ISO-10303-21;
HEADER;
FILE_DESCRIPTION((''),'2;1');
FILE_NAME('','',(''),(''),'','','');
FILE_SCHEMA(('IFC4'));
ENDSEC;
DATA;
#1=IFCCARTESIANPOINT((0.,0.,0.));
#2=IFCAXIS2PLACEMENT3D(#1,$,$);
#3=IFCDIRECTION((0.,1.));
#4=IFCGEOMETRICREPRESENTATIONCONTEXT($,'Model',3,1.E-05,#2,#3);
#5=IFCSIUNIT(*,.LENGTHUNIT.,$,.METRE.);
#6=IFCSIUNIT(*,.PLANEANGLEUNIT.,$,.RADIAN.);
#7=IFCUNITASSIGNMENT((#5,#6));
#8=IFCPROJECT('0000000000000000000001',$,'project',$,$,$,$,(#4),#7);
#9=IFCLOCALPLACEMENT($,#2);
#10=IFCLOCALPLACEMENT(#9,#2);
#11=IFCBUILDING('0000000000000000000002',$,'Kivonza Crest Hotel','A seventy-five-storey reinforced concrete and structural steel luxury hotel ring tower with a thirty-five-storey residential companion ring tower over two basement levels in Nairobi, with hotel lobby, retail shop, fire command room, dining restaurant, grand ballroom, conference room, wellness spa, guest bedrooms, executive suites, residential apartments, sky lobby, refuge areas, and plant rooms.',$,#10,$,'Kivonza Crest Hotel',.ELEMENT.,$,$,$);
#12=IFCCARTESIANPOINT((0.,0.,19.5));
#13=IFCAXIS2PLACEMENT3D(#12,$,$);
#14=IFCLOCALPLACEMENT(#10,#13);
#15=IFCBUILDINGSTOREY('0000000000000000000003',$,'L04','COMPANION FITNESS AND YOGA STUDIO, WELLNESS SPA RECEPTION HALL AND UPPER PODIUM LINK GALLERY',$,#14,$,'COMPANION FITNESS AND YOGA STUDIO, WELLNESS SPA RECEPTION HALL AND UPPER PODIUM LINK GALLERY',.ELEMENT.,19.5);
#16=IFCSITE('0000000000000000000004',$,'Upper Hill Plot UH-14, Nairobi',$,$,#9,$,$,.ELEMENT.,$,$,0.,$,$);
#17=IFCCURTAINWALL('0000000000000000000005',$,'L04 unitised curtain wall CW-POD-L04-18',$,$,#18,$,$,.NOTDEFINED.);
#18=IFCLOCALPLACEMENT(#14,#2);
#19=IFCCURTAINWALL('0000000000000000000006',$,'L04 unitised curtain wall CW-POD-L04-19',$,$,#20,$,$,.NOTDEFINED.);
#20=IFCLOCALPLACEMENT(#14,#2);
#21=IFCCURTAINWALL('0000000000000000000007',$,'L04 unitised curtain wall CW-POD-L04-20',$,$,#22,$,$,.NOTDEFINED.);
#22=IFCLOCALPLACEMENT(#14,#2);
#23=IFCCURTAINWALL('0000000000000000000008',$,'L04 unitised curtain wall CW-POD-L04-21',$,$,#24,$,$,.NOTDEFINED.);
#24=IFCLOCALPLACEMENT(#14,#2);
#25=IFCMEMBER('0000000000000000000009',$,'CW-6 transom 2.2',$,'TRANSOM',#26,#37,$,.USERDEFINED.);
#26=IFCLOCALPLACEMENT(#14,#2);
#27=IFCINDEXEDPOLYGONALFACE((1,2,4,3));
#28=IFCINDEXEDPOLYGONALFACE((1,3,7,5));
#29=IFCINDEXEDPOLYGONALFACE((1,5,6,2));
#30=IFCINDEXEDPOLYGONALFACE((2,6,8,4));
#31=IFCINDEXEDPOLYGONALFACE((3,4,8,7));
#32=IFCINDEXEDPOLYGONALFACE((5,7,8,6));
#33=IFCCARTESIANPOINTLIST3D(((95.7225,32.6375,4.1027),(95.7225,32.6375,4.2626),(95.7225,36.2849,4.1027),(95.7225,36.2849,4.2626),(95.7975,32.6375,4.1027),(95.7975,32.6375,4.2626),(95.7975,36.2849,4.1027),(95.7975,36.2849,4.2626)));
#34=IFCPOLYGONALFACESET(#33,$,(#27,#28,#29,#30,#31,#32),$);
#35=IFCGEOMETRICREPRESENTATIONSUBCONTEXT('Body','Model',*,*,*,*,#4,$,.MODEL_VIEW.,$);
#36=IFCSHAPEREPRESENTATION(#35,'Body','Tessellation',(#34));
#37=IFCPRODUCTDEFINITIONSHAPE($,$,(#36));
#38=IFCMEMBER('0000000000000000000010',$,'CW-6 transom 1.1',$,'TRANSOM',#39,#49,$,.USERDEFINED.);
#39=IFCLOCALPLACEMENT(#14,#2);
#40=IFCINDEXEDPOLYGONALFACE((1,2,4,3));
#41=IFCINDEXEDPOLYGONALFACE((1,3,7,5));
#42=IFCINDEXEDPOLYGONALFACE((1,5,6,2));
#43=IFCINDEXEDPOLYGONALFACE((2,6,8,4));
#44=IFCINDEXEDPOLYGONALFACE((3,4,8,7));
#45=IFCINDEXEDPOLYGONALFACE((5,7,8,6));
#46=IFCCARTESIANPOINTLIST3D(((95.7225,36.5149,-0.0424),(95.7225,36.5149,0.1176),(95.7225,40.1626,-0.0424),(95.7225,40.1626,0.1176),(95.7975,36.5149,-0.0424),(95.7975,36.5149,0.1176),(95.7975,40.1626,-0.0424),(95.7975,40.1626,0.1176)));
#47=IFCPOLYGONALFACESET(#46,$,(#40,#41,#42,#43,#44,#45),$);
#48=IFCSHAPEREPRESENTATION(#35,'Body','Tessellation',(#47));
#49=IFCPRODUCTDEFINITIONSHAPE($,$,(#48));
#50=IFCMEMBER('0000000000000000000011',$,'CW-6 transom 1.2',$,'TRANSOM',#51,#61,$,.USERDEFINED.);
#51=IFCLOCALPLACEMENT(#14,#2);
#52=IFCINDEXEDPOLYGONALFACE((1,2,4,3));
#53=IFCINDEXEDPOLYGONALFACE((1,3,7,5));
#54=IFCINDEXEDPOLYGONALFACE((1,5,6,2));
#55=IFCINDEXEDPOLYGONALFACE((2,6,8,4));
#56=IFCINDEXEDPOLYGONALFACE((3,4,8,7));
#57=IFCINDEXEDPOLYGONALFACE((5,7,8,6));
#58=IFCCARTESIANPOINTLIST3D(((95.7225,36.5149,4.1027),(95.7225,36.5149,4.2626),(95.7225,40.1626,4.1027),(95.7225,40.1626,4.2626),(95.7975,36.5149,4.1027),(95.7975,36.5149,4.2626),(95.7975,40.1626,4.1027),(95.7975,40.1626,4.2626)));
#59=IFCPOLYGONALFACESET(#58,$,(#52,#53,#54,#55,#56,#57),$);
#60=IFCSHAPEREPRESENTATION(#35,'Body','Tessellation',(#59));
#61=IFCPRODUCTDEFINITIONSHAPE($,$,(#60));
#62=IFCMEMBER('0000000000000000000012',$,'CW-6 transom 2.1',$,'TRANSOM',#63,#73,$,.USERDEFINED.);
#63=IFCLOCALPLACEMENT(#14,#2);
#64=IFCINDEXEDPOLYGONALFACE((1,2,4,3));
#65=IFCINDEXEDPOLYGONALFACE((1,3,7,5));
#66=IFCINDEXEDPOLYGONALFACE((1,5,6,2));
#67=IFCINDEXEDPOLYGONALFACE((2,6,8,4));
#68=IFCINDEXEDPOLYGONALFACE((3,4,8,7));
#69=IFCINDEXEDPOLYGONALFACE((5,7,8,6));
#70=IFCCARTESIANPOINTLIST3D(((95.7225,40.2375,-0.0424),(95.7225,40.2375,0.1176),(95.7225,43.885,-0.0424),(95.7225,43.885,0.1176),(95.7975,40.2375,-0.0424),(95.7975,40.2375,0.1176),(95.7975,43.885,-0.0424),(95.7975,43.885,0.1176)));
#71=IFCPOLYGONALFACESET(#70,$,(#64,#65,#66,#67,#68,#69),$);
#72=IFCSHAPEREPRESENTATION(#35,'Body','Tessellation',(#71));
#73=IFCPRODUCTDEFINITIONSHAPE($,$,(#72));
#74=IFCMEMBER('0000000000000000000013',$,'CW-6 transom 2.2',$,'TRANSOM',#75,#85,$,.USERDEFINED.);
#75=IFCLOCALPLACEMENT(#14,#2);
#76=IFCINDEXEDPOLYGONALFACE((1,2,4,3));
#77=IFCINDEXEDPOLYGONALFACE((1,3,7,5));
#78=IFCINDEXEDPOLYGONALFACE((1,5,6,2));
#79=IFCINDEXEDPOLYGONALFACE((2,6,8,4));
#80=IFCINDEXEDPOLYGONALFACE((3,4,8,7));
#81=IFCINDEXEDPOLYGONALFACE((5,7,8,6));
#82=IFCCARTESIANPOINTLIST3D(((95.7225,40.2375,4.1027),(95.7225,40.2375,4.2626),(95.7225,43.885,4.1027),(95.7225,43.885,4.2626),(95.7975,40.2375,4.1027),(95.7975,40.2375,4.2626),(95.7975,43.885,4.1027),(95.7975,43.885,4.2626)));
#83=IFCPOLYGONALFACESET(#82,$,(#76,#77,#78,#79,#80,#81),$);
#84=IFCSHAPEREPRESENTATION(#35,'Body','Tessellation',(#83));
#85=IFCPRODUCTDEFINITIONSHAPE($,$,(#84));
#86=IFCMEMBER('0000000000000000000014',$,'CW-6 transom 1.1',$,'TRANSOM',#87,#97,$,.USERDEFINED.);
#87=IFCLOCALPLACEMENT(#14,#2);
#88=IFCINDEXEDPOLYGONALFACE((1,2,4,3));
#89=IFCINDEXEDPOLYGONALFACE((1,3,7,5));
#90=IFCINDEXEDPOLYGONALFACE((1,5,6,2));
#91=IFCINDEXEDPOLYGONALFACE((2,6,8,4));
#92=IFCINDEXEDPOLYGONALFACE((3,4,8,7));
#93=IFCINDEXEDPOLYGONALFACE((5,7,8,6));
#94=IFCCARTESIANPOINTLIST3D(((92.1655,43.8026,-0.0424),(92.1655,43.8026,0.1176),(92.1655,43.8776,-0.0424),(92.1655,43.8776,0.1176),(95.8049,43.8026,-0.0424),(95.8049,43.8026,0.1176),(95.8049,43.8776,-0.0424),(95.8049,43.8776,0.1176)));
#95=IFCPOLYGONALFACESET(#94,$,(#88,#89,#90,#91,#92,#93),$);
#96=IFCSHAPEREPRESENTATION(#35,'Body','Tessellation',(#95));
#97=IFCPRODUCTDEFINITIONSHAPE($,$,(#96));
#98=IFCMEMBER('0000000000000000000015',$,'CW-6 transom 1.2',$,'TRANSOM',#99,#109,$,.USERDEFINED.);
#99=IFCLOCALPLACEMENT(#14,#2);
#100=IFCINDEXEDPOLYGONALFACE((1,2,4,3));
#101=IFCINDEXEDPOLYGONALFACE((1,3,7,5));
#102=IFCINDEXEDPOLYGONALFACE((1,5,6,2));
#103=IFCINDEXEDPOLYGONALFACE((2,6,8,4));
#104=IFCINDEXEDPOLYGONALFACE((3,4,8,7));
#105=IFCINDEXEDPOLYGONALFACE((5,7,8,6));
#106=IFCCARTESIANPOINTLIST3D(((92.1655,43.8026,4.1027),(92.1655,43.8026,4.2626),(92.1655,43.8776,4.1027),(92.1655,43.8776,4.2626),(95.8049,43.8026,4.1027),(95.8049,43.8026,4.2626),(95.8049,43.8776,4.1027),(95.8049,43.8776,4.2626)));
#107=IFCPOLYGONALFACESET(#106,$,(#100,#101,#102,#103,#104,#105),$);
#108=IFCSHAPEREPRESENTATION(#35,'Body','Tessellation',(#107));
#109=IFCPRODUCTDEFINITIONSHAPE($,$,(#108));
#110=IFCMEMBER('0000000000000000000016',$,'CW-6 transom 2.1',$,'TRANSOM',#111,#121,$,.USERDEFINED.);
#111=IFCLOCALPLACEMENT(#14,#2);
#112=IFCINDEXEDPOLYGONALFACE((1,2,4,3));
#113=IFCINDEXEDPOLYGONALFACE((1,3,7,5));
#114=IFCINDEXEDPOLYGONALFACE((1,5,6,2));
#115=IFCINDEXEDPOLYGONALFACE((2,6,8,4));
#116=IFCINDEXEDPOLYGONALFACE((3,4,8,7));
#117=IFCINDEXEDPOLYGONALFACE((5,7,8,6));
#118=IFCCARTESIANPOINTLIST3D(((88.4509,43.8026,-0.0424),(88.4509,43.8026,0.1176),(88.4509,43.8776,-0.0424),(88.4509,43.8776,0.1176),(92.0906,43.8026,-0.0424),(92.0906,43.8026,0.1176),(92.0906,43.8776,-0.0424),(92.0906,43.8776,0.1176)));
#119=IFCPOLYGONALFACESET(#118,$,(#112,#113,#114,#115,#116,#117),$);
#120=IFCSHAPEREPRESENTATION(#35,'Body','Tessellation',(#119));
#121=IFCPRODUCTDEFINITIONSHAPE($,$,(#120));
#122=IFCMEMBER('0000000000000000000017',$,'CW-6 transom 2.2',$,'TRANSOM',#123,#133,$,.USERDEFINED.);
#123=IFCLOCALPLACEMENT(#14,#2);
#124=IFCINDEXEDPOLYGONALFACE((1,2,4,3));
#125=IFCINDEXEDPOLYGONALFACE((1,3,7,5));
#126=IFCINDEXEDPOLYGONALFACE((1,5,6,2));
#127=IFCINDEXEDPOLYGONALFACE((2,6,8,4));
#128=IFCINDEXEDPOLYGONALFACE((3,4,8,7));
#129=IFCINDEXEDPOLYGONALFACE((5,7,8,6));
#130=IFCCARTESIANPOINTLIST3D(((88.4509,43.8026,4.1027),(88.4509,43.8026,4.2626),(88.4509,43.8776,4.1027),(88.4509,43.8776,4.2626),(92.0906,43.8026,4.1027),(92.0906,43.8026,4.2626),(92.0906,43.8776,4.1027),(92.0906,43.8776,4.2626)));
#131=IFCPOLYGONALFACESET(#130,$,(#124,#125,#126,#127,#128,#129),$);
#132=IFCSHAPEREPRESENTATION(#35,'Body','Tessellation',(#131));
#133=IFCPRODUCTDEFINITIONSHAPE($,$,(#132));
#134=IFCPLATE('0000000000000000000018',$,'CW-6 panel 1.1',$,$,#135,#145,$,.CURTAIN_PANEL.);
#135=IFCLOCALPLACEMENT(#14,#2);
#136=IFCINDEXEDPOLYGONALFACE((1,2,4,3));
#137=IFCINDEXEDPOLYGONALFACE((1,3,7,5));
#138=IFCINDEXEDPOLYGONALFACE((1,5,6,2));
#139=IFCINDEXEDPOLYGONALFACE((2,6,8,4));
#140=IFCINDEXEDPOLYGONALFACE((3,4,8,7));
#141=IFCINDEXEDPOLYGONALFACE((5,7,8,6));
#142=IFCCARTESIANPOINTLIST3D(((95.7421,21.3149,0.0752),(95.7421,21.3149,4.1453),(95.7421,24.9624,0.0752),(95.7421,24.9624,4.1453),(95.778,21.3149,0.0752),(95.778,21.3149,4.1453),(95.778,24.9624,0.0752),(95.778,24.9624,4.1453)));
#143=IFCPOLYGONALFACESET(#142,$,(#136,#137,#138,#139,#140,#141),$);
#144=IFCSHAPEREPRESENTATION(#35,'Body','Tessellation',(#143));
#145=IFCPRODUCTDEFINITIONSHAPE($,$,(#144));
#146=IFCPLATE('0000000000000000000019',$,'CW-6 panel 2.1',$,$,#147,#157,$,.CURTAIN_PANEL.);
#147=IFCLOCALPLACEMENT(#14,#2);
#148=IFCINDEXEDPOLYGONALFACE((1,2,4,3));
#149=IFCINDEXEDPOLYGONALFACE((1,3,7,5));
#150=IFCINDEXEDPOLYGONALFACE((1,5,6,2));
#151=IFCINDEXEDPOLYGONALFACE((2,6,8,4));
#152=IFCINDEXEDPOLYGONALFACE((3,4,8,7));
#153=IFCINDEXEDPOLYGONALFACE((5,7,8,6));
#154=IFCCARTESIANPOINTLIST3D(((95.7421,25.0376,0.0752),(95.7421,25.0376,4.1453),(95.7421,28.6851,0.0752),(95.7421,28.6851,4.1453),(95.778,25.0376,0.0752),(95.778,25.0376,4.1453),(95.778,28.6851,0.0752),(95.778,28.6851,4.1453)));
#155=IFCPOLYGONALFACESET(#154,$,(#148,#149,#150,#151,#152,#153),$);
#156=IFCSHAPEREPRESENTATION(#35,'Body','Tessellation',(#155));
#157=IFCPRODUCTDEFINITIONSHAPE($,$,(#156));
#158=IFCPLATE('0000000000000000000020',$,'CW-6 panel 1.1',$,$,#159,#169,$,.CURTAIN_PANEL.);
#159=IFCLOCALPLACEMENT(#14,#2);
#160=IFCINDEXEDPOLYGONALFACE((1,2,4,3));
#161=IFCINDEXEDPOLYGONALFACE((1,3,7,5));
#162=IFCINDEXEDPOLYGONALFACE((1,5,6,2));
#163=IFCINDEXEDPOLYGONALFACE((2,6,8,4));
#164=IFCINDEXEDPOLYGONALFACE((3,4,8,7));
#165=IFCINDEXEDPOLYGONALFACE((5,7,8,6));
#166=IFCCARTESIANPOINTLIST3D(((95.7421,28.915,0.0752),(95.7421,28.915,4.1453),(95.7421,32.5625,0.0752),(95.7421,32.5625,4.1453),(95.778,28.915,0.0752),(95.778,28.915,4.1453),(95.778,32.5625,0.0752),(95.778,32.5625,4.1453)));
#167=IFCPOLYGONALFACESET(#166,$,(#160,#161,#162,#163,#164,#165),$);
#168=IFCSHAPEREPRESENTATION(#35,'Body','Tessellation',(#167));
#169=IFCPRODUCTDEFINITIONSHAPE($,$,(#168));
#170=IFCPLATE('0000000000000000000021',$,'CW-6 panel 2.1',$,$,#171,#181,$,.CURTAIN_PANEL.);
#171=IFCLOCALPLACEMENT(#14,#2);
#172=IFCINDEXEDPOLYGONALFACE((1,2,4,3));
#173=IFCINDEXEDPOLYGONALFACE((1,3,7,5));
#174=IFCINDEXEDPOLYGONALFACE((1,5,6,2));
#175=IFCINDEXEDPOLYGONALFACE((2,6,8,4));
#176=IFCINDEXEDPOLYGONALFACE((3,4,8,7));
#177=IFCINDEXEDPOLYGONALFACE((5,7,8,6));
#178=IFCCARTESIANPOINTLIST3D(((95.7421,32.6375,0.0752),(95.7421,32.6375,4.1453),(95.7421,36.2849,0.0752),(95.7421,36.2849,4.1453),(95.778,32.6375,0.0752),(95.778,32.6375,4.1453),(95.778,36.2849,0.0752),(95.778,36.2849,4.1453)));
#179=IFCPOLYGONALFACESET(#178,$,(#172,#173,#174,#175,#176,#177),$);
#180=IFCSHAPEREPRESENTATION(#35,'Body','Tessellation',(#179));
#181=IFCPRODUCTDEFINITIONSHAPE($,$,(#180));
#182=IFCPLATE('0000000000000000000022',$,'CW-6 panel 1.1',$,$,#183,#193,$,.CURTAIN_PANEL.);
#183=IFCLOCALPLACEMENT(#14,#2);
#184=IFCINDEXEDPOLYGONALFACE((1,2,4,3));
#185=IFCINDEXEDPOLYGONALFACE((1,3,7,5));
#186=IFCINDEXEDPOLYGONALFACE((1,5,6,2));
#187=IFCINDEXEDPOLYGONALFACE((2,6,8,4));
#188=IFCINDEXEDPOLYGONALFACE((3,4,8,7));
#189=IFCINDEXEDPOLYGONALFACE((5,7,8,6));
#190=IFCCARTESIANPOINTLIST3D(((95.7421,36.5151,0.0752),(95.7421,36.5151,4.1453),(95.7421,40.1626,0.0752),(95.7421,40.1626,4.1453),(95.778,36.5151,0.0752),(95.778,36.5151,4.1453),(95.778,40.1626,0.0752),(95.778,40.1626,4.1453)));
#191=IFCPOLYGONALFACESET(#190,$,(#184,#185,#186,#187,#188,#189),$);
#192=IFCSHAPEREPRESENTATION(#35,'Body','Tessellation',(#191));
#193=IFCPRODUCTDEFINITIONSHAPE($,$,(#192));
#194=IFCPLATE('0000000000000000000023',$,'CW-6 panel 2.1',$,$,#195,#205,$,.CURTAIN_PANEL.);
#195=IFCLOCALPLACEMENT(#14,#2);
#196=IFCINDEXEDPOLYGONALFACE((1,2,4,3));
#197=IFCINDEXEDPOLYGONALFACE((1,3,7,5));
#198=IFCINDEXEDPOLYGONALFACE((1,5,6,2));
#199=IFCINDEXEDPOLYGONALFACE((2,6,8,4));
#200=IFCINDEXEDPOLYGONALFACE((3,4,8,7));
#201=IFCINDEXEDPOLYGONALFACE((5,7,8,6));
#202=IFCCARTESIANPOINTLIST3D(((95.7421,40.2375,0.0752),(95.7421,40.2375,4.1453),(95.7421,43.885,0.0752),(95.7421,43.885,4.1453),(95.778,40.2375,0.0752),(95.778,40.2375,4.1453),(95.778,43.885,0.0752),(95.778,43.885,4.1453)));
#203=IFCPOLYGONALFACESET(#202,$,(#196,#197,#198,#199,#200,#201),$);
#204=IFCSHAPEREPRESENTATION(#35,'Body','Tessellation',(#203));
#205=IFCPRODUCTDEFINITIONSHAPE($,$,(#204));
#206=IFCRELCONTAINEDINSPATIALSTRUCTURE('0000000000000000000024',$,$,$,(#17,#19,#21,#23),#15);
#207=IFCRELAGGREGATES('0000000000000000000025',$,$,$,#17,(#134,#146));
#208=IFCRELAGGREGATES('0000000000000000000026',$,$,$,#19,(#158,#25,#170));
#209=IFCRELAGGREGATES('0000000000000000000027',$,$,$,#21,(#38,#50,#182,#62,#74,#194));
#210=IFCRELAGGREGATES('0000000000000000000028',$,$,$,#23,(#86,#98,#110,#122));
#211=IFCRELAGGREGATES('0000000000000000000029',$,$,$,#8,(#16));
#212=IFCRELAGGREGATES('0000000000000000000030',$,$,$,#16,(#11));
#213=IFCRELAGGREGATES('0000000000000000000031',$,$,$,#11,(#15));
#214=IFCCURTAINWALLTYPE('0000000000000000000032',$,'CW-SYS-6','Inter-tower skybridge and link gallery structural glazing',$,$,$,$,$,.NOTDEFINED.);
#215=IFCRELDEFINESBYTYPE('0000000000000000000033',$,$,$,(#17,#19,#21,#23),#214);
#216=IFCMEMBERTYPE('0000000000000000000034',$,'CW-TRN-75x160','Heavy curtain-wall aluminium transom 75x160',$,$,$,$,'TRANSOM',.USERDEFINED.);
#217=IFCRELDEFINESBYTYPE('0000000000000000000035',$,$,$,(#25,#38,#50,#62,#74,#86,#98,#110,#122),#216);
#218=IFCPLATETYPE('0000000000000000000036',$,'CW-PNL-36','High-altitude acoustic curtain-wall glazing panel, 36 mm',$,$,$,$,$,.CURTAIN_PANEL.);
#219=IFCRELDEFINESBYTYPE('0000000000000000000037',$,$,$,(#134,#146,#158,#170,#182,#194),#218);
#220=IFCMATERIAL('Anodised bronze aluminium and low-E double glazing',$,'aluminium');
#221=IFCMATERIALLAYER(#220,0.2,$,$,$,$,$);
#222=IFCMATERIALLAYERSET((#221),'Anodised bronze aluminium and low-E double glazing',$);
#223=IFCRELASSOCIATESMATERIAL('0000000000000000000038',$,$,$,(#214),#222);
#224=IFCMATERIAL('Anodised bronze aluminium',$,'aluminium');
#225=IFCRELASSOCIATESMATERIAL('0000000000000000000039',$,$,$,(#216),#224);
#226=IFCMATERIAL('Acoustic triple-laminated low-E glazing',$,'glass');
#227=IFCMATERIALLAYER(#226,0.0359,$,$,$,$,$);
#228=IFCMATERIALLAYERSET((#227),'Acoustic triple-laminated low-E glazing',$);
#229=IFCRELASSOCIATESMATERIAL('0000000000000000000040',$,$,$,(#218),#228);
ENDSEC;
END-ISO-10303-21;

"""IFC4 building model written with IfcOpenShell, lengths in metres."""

from ifc_helpers import new_model, si_unit, direction, frame, origin, origin_2d, place, context, subcontext, project, spatial, rectangle, extrude, material, layer, layer_set, material_profile, profile_set, type_object, element, aggregate, save


model = new_model("IFC4")

# Units and contexts
model_context = context("Model", 3, precision=1e-05, world=origin(), true_north=direction((0.0, 1.0)))
body_context = subcontext(model_context, "Body", "Model", "MODEL_VIEW")
ifc_project = project(units=[si_unit("LENGTHUNIT", "METRE"), si_unit("PLANEANGLEUNIT", "RADIAN")], contexts=[model_context])

# Site, building, storey
site_placement = place(None, origin())
site = spatial("IfcSite", under=ifc_project, at=site_placement, Name="Upper Hill Plot UH-14, Nairobi", CompositionType="ELEMENT", RefElevation=0.0)
building_placement = place(site_placement, origin())
building = spatial("IfcBuilding", under=site, at=building_placement, Name="Kivonza Crest Hotel", Description="A seventy-five-storey reinforced concrete and structural steel luxury hotel ring tower with a thirty-five-storey residential companion ring tower over two basement levels in Nairobi, with hotel lobby, retail shop, fire command room, dining restaurant, grand ballroom, conference room, wellness spa, guest bedrooms, executive suites, residential apartments, sky lobby, refuge areas, and plant rooms.", LongName="Kivonza Crest Hotel", CompositionType="ELEMENT")
storey_placement = place(building_placement, frame((0.0, 0.0, 19.5)))
storey = spatial("IfcBuildingStorey", under=building, at=storey_placement, Name="L04", Description="COMPANION FITNESS AND YOGA STUDIO, WELLNESS SPA RECEPTION HALL AND UPPER PODIUM LINK GALLERY", LongName="COMPANION FITNESS AND YOGA STUDIO, WELLNESS SPA RECEPTION HALL AND UPPER PODIUM LINK GALLERY", CompositionType="ELEMENT", Elevation=19.5)

# Curtain walls
ifc_material_1 = material(Name="Anodised bronze aluminium and low-E double glazing", Category="aluminium")
ifc_layer_1 = layer(ifc_material_1, 0.2)
ifc_layer_set_1 = layer_set([ifc_layer_1], Name="Anodised bronze aluminium and low-E double glazing")
curtain_wall_type = type_object("IfcCurtainWallType", Name="CW-SYS-6", Description="Inter-tower skybridge and link gallery structural glazing", PredefinedType="NOTDEFINED", material=ifc_layer_set_1)
curtain_wall_1_placement = place(storey_placement, origin())
curtain_wall_1 = element("IfcCurtainWall", 1, at=curtain_wall_1_placement, inside=storey, type_object=curtain_wall_type, Name="L04 unitised curtain wall CW-POD-L04-18", PredefinedType="NOTDEFINED")
ifc_material_2 = material(Name="Anodised bronze aluminium", Category="aluminium")
curtain_wall_2_placement = place(storey_placement, origin())
curtain_wall_2 = element("IfcCurtainWall", 2, at=curtain_wall_2_placement, inside=storey, type_object=curtain_wall_type, Name="L04 unitised curtain wall CW-POD-L04-19", PredefinedType="NOTDEFINED")
curtain_wall_3_placement = place(storey_placement, origin())
curtain_wall_3 = element("IfcCurtainWall", 3, at=curtain_wall_3_placement, inside=storey, type_object=curtain_wall_type, Name="L04 unitised curtain wall CW-POD-L04-20", PredefinedType="NOTDEFINED")
curtain_wall_4_placement = place(storey_placement, origin())
curtain_wall_4 = element("IfcCurtainWall", 4, at=curtain_wall_4_placement, inside=storey, type_object=curtain_wall_type, Name="L04 unitised curtain wall CW-POD-L04-21", PredefinedType="NOTDEFINED")

# Members
ifc_material_profile_1 = material_profile(ifc_material_2, rectangle(XDim=0.075, YDim=0.1599, at=origin_2d()), Name="CW-T 75x160")
ifc_profile_set_1 = profile_set([ifc_material_profile_1], Name="Anodised bronze aluminium")
member_type_1 = type_object("IfcMemberType", Name="CW-TRN-75x160", Description="Heavy curtain-wall aluminium transom 75x160", ElementType="TRANSOM", PredefinedType="USERDEFINED", material=ifc_profile_set_1)
member_1_placement = place(storey_placement, frame((95.76, 32.6375, 4.1826), z_axis=(0.0, 1.0, 0.0), x_axis=(-1.0, 0.0, 0.0)))
member_1 = element("IfcMember", 5, at=member_1_placement, type_object=member_type_1, Name="CW-6 transom 2.2", ObjectType="TRANSOM", PredefinedType="USERDEFINED", context=body_context, shape_type="SweptSolid", body=[
    extrude(rectangle(XDim=0.075, YDim=0.1599, at=origin_2d()), origin(), (0.0, 0.0, 1.0), 3.6475),
])
member_2_placement = place(storey_placement, frame((95.76, 36.5149, 0.0376), z_axis=(0.0, 1.0, 0.0), x_axis=(-1.0, 0.0, 0.0)))
member_2 = element("IfcMember", 6, at=member_2_placement, type_object=member_type_1, Name="CW-6 transom 1.1", ObjectType="TRANSOM", PredefinedType="USERDEFINED", context=body_context, shape_type="SweptSolid", body=[
    extrude(rectangle(XDim=0.075, YDim=0.1599, at=origin_2d()), origin(), (0.0, 0.0, 1.0), 3.6477),
])
member_3_placement = place(storey_placement, frame((95.76, 36.5149, 4.1826), z_axis=(0.0, 1.0, 0.0), x_axis=(-1.0, 0.0, 0.0)))
member_3 = element("IfcMember", 7, at=member_3_placement, type_object=member_type_1, Name="CW-6 transom 1.2", ObjectType="TRANSOM", PredefinedType="USERDEFINED", context=body_context, shape_type="SweptSolid", body=[
    extrude(rectangle(XDim=0.075, YDim=0.1599, at=origin_2d()), origin(), (0.0, 0.0, 1.0), 3.6477),
])
member_4_placement = place(storey_placement, frame((95.76, 40.2375, 0.0376), z_axis=(0.0, 1.0, 0.0), x_axis=(-1.0, 0.0, 0.0)))
member_4 = element("IfcMember", 8, at=member_4_placement, type_object=member_type_1, Name="CW-6 transom 2.1", ObjectType="TRANSOM", PredefinedType="USERDEFINED", context=body_context, shape_type="SweptSolid", body=[
    extrude(rectangle(XDim=0.075, YDim=0.1599, at=origin_2d()), origin(), (0.0, 0.0, 1.0), 3.6475),
])
member_5_placement = place(storey_placement, frame((95.76, 40.2375, 4.1826), z_axis=(0.0, 1.0, 0.0), x_axis=(-1.0, 0.0, 0.0)))
member_5 = element("IfcMember", 9, at=member_5_placement, type_object=member_type_1, Name="CW-6 transom 2.2", ObjectType="TRANSOM", PredefinedType="USERDEFINED", context=body_context, shape_type="SweptSolid", body=[
    extrude(rectangle(XDim=0.075, YDim=0.1599, at=origin_2d()), origin(), (0.0, 0.0, 1.0), 3.6475),
])
member_6_placement = place(storey_placement, frame((95.8049, 43.8401, 0.0376), z_axis=(-1.0, 0.0, 0.0), x_axis=(0.0, -1.0, 0.0)))
member_6 = element("IfcMember", 10, at=member_6_placement, type_object=member_type_1, Name="CW-6 transom 1.1", ObjectType="TRANSOM", PredefinedType="USERDEFINED", context=body_context, shape_type="SweptSolid", body=[
    extrude(rectangle(XDim=0.075, YDim=0.1599, at=origin_2d()), origin(), (0.0, 0.0, 1.0), 3.6394),
])
member_7_placement = place(storey_placement, frame((95.8049, 43.8401, 4.1826), z_axis=(-1.0, 0.0, 0.0), x_axis=(0.0, -1.0, 0.0)))
member_7 = element("IfcMember", 11, at=member_7_placement, type_object=member_type_1, Name="CW-6 transom 1.2", ObjectType="TRANSOM", PredefinedType="USERDEFINED", context=body_context, shape_type="SweptSolid", body=[
    extrude(rectangle(XDim=0.075, YDim=0.1599, at=origin_2d()), origin(), (0.0, 0.0, 1.0), 3.6394),
])
member_8_placement = place(storey_placement, frame((92.0906, 43.8401, 0.0376), z_axis=(-1.0, 0.0, 0.0), x_axis=(0.0, -1.0, 0.0)))
member_8 = element("IfcMember", 12, at=member_8_placement, type_object=member_type_1, Name="CW-6 transom 2.1", ObjectType="TRANSOM", PredefinedType="USERDEFINED", context=body_context, shape_type="SweptSolid", body=[
    extrude(rectangle(XDim=0.075, YDim=0.1599, at=origin_2d()), origin(), (0.0, 0.0, 1.0), 3.6396),
])
member_9_placement = place(storey_placement, frame((92.0906, 43.8401, 4.1826), z_axis=(-1.0, 0.0, 0.0), x_axis=(0.0, -1.0, 0.0)))
member_9 = element("IfcMember", 13, at=member_9_placement, type_object=member_type_1, Name="CW-6 transom 2.2", ObjectType="TRANSOM", PredefinedType="USERDEFINED", context=body_context, shape_type="SweptSolid", body=[
    extrude(rectangle(XDim=0.075, YDim=0.1599, at=origin_2d()), origin(), (0.0, 0.0, 1.0), 3.6396),
])

# Plates
ifc_material_3 = material(Name="Acoustic triple-laminated low-E glazing", Category="glass")
ifc_layer_2 = layer(ifc_material_3, 0.0359)
ifc_layer_set_2 = layer_set([ifc_layer_2], Name="Acoustic triple-laminated low-E glazing")
plate_type = type_object("IfcPlateType", Name="CW-PNL-36", Description="High-altitude acoustic curtain-wall glazing panel, 36 mm", PredefinedType="CURTAIN_PANEL", material=ifc_layer_set_2)
plate_1_placement = place(storey_placement, frame((95.76, 23.1387, 0.0752), z_axis=(0.0, 0.0, 1.0), x_axis=(0.0, 1.0, 0.0)))
plate_1 = element("IfcPlate", 14, at=plate_1_placement, type_object=plate_type, Name="CW-6 panel 1.1", PredefinedType="CURTAIN_PANEL", context=body_context, shape_type="SweptSolid", body=[
    extrude(rectangle(XDim=3.6475, YDim=0.0359, at=origin_2d()), origin(), (0.0, 0.0, 1.0), 4.0701),
])
plate_2_placement = place(storey_placement, frame((95.76, 26.8613, 0.0752), z_axis=(0.0, 0.0, 1.0), x_axis=(0.0, 1.0, 0.0)))
plate_2 = element("IfcPlate", 15, at=plate_2_placement, type_object=plate_type, Name="CW-6 panel 2.1", PredefinedType="CURTAIN_PANEL", context=body_context, shape_type="SweptSolid", body=[
    extrude(rectangle(XDim=3.6475, YDim=0.0359, at=origin_2d()), origin(), (0.0, 0.0, 1.0), 4.0701),
])
aggregate(curtain_wall_1, [plate_1, plate_2])
plate_3_placement = place(storey_placement, frame((95.76, 30.7388, 0.0752), z_axis=(0.0, 0.0, 1.0), x_axis=(0.0, 1.0, 0.0)))
plate_3 = element("IfcPlate", 16, at=plate_3_placement, type_object=plate_type, Name="CW-6 panel 1.1", PredefinedType="CURTAIN_PANEL", context=body_context, shape_type="SweptSolid", body=[
    extrude(rectangle(XDim=3.6475, YDim=0.0359, at=origin_2d()), origin(), (0.0, 0.0, 1.0), 4.0701),
])
plate_4_placement = place(storey_placement, frame((95.76, 34.4612, 0.0752), z_axis=(0.0, 0.0, 1.0), x_axis=(0.0, 1.0, 0.0)))
plate_4 = element("IfcPlate", 17, at=plate_4_placement, type_object=plate_type, Name="CW-6 panel 2.1", PredefinedType="CURTAIN_PANEL", context=body_context, shape_type="SweptSolid", body=[
    extrude(rectangle(XDim=3.6475, YDim=0.0359, at=origin_2d()), origin(), (0.0, 0.0, 1.0), 4.0701),
])
aggregate(curtain_wall_2, [plate_3, member_1, plate_4])
plate_5_placement = place(storey_placement, frame((95.76, 38.3389, 0.0752), z_axis=(0.0, 0.0, 1.0), x_axis=(0.0, 1.0, 0.0)))
plate_5 = element("IfcPlate", 18, at=plate_5_placement, type_object=plate_type, Name="CW-6 panel 1.1", PredefinedType="CURTAIN_PANEL", context=body_context, shape_type="SweptSolid", body=[
    extrude(rectangle(XDim=3.6475, YDim=0.0359, at=origin_2d()), origin(), (0.0, 0.0, 1.0), 4.0701),
])
plate_6_placement = place(storey_placement, frame((95.76, 42.0613, 0.0752), z_axis=(0.0, 0.0, 1.0), x_axis=(0.0, 1.0, 0.0)))
plate_6 = element("IfcPlate", 19, at=plate_6_placement, type_object=plate_type, Name="CW-6 panel 2.1", PredefinedType="CURTAIN_PANEL", context=body_context, shape_type="SweptSolid", body=[
    extrude(rectangle(XDim=3.6475, YDim=0.0359, at=origin_2d()), origin(), (0.0, 0.0, 1.0), 4.0701),
])
aggregate(curtain_wall_3, [member_2, member_3, plate_5, member_4, member_5, plate_6])
aggregate(curtain_wall_4, [member_6, member_7, member_8, member_9])

save(model, "model.ifc")
